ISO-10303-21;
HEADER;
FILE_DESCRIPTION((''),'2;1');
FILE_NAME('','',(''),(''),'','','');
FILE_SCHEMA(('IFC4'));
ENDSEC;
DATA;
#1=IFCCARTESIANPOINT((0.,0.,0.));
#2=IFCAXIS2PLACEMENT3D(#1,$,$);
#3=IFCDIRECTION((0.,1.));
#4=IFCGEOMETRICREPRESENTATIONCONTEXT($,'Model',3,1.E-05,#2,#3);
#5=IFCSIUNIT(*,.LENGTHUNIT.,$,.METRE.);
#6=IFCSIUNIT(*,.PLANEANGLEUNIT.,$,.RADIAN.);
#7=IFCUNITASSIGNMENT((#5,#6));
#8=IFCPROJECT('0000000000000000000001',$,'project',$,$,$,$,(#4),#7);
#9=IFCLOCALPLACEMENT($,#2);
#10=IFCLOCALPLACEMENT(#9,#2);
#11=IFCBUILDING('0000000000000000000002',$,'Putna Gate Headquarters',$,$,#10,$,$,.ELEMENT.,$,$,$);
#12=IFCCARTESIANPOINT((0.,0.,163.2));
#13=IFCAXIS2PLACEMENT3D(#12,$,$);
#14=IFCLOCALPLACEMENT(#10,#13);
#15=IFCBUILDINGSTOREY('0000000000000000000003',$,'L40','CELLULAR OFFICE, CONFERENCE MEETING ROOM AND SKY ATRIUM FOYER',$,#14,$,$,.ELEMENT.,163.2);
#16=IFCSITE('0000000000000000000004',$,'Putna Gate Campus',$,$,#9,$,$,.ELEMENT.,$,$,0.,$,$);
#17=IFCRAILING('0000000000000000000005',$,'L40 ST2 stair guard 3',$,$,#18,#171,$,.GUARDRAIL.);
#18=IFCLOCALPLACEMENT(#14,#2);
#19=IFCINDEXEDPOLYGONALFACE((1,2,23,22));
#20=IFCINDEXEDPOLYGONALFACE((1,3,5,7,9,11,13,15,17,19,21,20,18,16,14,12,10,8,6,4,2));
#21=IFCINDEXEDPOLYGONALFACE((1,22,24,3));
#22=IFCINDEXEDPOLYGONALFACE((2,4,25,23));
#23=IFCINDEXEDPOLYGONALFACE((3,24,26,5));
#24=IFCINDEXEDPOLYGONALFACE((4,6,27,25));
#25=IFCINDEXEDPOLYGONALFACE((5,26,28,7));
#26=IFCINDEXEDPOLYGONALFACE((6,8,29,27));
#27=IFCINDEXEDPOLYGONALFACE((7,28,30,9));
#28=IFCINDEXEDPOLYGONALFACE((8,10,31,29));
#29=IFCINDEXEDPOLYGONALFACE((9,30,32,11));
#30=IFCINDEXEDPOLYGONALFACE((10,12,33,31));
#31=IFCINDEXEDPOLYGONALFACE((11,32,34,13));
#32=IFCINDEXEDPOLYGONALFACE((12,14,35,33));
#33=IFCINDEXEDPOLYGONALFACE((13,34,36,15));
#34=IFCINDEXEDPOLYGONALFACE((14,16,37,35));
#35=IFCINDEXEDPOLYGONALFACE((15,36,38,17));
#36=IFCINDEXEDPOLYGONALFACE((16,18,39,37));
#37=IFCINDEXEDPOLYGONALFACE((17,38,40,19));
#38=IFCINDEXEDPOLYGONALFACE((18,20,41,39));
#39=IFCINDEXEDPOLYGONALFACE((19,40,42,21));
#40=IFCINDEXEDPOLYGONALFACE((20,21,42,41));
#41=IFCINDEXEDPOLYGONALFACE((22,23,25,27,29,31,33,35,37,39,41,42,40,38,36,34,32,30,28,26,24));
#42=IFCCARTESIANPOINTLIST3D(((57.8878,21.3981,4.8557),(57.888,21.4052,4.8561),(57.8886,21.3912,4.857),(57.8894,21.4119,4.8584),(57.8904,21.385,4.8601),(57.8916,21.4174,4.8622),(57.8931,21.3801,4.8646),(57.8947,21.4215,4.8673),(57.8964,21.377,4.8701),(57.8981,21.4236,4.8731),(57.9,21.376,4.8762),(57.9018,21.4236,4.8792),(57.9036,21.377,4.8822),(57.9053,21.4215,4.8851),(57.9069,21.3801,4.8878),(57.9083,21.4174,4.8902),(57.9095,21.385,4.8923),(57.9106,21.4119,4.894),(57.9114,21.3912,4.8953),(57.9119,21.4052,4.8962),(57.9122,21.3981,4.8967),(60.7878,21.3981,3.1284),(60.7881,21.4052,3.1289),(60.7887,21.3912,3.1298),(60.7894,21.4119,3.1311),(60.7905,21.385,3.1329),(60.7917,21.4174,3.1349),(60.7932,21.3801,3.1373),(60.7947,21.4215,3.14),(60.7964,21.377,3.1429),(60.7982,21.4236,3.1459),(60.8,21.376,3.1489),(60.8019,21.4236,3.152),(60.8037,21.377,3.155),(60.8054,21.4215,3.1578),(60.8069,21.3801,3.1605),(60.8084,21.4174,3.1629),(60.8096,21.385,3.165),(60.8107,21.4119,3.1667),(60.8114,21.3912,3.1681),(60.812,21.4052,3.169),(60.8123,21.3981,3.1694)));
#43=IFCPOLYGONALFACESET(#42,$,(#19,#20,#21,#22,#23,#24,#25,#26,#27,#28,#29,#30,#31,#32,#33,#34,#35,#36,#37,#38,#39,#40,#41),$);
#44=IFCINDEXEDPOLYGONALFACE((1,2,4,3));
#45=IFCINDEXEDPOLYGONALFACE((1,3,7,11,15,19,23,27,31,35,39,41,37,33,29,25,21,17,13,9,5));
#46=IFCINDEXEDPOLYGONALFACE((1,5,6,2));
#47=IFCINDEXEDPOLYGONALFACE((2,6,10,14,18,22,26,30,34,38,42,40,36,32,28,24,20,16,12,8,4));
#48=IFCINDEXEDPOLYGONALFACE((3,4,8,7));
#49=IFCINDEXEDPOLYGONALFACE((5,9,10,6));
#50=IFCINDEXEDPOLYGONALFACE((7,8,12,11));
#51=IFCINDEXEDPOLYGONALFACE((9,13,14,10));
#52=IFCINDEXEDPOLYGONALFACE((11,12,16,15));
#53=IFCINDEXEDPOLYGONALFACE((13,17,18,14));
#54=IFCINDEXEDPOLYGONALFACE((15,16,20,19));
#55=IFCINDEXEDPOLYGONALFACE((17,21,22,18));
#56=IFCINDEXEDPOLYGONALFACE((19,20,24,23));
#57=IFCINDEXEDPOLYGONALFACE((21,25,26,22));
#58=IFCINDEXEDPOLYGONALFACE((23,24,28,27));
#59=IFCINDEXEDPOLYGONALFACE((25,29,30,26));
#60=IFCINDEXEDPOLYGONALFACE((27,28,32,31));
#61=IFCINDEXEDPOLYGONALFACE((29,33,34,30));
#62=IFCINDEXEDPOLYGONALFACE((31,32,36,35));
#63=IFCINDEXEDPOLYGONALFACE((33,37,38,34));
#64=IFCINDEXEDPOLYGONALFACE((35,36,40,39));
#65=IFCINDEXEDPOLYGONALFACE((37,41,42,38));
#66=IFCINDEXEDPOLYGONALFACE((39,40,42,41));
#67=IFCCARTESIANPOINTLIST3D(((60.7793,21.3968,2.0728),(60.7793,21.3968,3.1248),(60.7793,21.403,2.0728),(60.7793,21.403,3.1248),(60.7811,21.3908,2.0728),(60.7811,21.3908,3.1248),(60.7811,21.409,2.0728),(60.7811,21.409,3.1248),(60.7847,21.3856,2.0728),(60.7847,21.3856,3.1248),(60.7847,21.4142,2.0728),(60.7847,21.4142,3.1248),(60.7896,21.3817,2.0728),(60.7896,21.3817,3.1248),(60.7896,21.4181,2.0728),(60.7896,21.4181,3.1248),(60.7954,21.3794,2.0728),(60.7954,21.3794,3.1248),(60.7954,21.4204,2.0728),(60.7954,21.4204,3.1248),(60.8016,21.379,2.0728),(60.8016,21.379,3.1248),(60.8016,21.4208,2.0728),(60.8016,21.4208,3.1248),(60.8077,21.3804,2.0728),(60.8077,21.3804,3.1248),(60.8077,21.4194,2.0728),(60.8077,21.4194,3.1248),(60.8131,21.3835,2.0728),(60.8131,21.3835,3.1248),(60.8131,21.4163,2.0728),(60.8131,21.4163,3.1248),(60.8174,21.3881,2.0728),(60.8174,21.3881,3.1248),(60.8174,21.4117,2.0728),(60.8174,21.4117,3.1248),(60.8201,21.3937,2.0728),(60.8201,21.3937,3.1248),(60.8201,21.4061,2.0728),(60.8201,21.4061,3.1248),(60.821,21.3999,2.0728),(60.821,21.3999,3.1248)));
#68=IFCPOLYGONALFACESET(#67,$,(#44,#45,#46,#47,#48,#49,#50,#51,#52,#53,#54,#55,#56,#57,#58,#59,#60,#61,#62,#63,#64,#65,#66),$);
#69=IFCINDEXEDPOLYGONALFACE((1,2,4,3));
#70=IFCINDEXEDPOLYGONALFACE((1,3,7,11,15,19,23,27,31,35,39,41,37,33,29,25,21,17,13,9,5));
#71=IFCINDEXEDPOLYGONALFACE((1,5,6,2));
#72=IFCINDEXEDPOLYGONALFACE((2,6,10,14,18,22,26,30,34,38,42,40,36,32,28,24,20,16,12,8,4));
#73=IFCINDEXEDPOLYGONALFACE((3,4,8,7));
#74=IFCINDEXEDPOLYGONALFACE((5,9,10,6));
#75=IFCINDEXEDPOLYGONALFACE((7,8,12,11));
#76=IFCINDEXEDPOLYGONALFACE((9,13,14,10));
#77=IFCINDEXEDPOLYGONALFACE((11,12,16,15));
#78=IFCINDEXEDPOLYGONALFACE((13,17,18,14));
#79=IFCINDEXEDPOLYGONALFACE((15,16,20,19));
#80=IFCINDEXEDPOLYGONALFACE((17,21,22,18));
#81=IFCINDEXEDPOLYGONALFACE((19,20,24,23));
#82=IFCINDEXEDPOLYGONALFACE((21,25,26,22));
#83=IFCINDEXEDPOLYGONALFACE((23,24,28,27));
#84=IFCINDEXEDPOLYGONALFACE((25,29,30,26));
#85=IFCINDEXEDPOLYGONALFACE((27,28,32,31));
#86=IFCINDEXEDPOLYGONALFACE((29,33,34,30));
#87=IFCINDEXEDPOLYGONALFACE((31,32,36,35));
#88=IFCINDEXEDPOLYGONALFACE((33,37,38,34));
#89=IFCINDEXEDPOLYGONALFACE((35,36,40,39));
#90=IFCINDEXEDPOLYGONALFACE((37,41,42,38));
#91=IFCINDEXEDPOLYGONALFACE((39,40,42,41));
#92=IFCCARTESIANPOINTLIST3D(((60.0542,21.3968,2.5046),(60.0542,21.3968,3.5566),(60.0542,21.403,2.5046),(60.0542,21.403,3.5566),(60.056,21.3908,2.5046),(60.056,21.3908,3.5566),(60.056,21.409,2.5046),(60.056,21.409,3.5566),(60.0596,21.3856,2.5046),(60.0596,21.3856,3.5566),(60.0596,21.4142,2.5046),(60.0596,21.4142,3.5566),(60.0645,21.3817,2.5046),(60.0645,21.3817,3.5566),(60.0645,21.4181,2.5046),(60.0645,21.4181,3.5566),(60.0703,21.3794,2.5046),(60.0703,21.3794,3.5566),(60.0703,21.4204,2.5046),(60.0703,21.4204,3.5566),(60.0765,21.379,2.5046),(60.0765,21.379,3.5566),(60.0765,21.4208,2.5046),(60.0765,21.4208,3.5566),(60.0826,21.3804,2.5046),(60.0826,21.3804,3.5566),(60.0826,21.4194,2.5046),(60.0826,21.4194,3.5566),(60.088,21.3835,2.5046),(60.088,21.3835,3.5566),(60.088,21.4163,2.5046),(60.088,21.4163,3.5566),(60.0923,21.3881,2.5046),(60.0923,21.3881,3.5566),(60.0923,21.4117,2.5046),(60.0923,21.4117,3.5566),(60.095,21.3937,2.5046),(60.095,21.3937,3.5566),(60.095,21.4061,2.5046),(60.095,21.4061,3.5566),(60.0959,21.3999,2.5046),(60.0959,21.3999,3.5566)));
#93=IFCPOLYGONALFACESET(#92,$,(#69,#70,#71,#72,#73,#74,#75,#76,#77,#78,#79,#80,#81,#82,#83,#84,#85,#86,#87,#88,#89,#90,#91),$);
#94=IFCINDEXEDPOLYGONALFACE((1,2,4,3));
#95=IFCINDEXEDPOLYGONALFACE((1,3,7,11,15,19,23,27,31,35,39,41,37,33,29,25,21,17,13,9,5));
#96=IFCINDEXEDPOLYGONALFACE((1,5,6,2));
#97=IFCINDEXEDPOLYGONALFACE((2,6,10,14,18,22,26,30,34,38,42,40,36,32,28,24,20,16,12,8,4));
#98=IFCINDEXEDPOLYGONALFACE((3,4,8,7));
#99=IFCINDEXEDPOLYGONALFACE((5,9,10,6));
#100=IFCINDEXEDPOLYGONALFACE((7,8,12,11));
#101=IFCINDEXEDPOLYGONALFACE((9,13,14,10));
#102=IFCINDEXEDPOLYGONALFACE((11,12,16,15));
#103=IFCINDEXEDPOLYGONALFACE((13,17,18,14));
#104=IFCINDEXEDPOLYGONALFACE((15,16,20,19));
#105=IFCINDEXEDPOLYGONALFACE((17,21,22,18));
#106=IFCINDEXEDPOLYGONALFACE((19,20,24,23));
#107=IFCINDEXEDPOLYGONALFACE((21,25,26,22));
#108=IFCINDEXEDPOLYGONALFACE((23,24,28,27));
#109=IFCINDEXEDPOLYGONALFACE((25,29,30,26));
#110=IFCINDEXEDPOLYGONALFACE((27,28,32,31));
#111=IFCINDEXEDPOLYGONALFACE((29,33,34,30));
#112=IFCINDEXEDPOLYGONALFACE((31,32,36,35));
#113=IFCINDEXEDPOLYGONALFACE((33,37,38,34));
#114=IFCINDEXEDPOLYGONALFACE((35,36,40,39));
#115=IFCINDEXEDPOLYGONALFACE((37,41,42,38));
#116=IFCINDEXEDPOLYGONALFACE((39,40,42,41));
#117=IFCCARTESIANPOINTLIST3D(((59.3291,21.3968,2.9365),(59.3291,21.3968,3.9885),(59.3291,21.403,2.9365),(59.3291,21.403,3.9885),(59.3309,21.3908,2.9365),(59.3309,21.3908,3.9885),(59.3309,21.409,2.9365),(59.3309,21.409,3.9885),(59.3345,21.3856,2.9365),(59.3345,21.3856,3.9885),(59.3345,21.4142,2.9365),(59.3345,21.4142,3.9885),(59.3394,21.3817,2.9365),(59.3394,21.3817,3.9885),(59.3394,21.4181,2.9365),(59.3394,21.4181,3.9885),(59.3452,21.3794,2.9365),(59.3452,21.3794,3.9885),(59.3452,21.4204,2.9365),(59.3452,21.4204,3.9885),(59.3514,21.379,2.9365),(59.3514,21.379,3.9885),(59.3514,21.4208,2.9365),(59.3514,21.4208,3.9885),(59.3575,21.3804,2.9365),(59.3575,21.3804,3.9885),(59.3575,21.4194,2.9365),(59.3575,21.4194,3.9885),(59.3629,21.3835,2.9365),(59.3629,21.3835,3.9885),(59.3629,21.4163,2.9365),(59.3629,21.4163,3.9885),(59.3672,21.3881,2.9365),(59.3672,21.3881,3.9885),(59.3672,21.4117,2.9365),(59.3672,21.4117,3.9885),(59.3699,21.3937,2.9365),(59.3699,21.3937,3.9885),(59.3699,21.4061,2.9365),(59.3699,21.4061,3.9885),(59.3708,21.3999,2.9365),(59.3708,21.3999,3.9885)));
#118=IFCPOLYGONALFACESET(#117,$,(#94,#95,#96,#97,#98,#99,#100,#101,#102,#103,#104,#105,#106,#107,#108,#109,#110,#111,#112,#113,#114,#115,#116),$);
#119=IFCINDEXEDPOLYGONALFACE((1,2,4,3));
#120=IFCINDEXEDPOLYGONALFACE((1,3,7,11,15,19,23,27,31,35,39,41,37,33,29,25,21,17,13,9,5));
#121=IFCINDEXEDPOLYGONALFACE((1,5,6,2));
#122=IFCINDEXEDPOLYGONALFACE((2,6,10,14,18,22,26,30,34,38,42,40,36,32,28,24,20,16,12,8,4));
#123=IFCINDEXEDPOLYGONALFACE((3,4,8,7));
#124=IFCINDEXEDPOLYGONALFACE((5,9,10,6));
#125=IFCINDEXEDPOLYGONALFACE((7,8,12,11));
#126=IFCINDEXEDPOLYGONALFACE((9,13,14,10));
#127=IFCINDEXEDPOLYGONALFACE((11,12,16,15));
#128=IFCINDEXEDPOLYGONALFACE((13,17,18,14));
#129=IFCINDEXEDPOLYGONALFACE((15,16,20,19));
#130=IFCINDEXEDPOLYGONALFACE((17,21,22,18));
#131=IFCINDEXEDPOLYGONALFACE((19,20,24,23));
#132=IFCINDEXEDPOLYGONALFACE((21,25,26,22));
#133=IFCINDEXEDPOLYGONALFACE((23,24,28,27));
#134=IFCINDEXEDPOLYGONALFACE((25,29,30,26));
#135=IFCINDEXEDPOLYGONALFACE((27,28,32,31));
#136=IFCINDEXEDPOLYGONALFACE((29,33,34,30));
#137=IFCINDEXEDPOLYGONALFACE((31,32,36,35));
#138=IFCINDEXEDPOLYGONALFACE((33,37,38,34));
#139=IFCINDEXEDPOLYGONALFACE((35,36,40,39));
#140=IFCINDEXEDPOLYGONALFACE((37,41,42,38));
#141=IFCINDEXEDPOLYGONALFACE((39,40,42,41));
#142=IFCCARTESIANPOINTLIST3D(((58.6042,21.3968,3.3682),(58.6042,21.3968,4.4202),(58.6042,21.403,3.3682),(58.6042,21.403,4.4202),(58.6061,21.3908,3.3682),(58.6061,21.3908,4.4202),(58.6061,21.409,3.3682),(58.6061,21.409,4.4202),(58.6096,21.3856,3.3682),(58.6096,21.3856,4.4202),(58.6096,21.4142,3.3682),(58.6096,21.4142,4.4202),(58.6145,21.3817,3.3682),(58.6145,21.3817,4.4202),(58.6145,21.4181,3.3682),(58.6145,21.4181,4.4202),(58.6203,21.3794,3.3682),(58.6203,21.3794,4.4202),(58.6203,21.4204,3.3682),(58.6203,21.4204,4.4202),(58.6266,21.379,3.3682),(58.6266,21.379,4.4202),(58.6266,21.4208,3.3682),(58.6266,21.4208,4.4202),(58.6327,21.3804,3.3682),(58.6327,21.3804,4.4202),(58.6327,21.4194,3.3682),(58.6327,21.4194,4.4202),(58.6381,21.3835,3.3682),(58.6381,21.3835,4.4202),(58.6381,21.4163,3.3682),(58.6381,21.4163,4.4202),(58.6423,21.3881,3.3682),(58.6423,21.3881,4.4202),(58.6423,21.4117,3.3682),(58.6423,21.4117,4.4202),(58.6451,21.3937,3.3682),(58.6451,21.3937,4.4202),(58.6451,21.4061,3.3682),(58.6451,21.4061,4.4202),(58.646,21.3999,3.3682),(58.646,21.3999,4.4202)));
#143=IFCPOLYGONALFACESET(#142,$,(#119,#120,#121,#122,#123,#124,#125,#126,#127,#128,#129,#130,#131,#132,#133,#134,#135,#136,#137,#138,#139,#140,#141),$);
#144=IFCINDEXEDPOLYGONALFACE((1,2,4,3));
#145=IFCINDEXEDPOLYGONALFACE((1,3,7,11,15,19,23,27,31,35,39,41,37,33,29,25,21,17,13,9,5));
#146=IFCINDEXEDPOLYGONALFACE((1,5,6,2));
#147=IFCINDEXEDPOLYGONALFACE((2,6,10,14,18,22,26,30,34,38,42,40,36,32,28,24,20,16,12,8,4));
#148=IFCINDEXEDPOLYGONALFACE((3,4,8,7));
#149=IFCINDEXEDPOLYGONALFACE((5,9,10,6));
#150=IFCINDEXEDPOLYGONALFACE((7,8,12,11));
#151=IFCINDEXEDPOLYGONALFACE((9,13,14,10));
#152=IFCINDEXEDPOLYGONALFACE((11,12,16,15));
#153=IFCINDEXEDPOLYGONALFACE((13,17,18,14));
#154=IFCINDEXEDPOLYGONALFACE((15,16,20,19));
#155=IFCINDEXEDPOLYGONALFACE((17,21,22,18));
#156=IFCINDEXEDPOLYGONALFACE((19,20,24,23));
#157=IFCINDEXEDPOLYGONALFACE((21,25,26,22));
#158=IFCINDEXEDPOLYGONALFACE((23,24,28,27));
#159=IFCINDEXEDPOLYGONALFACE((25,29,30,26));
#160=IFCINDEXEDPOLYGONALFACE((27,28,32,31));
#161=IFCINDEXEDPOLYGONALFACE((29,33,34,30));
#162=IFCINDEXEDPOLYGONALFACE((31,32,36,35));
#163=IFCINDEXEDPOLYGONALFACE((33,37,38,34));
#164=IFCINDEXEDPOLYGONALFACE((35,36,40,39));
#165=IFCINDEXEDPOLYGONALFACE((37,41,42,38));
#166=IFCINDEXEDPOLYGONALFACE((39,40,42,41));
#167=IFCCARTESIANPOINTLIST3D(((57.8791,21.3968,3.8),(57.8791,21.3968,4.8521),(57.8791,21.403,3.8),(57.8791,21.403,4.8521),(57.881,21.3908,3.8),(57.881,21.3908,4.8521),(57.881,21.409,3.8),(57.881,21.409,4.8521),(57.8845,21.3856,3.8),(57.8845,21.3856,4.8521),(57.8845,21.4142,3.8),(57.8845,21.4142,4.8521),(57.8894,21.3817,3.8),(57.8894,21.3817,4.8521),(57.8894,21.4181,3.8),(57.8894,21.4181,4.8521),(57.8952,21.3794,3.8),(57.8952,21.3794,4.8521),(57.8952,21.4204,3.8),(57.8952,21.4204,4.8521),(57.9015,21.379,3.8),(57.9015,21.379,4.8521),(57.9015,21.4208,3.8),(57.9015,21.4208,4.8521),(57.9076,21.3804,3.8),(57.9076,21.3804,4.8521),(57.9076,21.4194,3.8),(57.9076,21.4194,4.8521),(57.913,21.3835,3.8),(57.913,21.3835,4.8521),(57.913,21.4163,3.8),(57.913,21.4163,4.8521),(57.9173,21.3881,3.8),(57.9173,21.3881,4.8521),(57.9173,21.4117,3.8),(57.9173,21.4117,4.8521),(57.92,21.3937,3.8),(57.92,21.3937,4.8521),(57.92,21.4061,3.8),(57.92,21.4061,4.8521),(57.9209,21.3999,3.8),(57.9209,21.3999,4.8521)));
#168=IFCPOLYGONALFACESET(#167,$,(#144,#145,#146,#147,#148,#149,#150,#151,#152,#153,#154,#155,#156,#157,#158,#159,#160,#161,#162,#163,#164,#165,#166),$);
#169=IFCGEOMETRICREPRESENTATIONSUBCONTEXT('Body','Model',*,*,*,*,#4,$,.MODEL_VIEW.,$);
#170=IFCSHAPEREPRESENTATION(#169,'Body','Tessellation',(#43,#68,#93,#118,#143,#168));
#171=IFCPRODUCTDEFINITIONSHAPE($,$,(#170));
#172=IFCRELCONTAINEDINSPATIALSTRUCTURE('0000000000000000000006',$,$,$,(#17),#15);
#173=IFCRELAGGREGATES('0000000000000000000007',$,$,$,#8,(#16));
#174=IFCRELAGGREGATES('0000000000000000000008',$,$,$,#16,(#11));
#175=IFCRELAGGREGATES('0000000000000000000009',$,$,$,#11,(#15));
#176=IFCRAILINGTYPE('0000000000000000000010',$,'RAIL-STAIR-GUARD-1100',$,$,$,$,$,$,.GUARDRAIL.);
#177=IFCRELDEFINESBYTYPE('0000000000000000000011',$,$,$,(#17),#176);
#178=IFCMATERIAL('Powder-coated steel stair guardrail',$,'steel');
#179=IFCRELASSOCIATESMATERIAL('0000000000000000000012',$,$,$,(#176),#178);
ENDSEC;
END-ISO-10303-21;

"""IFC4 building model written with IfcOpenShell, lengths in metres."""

from ifc_helpers import new_model, si_unit, direction, frame, origin, origin_2d, place, context, subcontext, project, spatial, circle, extrude, material, type_object, element, save


model = new_model("IFC4")

# Units and contexts
model_context = context("Model", 3, precision=1e-05, world=origin(), true_north=direction((0.0, 1.0)))
body_context = subcontext(model_context, "Body", "Model", "MODEL_VIEW")
ifc_project = project(units=[si_unit("LENGTHUNIT", "METRE"), si_unit("PLANEANGLEUNIT", "RADIAN")], contexts=[model_context])

# Site, building, storey
site_placement = place(None, origin())
site = spatial("IfcSite", under=ifc_project, at=site_placement, Name="Putna Gate Campus", CompositionType="ELEMENT", RefElevation=0.0)
building_placement = place(site_placement, origin())
building = spatial("IfcBuilding", under=site, at=building_placement, Name="Putna Gate Headquarters", CompositionType="ELEMENT")
storey_placement = place(building_placement, frame((0.0, 0.0, 163.2)))
storey = spatial("IfcBuildingStorey", under=building, at=storey_placement, Name="L40", Description="CELLULAR OFFICE, CONFERENCE MEETING ROOM AND SKY ATRIUM FOYER", CompositionType="ELEMENT", Elevation=163.2)

# Railing
ifc_material_1 = material(Name="Powder-coated steel stair guardrail", Category="steel")
railing_type_1 = type_object("IfcRailingType", Name="RAIL-STAIR-GUARD-1100", PredefinedType="GUARDRAIL", material=ifc_material_1)
railing_1_placement = place(storey_placement, frame((60.8, 21.3999, 2.0728)))
element("IfcRailing", 1, at=railing_1_placement, inside=storey, type_object=railing_type_1, Name="L40 ST2 stair guard 3", PredefinedType="GUARDRAIL", context=body_context, shape_type="SweptSolid", body=[
    extrude(circle(Radius=0.0239, at=origin_2d()), frame((0.0, 0.0, 1.0762), z_axis=(-0.85916, 0.0, 0.511706), x_axis=(0.0, -1.0, 0.0)), (0.0, 0.0, 1.0), 3.3755),
    extrude(circle(Radius=0.021, at=origin_2d()), origin(), (0.0, 0.0, 1.0), 1.052),
    extrude(circle(Radius=0.021, at=origin_2d()), frame((-0.7251, 0.0, 0.4319)), (0.0, 0.0, 1.0), 1.052),
    extrude(circle(Radius=0.021, at=origin_2d()), frame((-1.4502, 0.0, 0.8638)), (0.0, 0.0, 1.0), 1.052),
    extrude(circle(Radius=0.021, at=origin_2d()), frame((-2.175, 0.0, 1.2954)), (0.0, 0.0, 1.0), 1.052),
    extrude(circle(Radius=0.021, at=origin_2d()), frame((-2.9001, 0.0, 1.7273)), (0.0, 0.0, 1.0), 1.052),
])

save(model, "model.ifc")
